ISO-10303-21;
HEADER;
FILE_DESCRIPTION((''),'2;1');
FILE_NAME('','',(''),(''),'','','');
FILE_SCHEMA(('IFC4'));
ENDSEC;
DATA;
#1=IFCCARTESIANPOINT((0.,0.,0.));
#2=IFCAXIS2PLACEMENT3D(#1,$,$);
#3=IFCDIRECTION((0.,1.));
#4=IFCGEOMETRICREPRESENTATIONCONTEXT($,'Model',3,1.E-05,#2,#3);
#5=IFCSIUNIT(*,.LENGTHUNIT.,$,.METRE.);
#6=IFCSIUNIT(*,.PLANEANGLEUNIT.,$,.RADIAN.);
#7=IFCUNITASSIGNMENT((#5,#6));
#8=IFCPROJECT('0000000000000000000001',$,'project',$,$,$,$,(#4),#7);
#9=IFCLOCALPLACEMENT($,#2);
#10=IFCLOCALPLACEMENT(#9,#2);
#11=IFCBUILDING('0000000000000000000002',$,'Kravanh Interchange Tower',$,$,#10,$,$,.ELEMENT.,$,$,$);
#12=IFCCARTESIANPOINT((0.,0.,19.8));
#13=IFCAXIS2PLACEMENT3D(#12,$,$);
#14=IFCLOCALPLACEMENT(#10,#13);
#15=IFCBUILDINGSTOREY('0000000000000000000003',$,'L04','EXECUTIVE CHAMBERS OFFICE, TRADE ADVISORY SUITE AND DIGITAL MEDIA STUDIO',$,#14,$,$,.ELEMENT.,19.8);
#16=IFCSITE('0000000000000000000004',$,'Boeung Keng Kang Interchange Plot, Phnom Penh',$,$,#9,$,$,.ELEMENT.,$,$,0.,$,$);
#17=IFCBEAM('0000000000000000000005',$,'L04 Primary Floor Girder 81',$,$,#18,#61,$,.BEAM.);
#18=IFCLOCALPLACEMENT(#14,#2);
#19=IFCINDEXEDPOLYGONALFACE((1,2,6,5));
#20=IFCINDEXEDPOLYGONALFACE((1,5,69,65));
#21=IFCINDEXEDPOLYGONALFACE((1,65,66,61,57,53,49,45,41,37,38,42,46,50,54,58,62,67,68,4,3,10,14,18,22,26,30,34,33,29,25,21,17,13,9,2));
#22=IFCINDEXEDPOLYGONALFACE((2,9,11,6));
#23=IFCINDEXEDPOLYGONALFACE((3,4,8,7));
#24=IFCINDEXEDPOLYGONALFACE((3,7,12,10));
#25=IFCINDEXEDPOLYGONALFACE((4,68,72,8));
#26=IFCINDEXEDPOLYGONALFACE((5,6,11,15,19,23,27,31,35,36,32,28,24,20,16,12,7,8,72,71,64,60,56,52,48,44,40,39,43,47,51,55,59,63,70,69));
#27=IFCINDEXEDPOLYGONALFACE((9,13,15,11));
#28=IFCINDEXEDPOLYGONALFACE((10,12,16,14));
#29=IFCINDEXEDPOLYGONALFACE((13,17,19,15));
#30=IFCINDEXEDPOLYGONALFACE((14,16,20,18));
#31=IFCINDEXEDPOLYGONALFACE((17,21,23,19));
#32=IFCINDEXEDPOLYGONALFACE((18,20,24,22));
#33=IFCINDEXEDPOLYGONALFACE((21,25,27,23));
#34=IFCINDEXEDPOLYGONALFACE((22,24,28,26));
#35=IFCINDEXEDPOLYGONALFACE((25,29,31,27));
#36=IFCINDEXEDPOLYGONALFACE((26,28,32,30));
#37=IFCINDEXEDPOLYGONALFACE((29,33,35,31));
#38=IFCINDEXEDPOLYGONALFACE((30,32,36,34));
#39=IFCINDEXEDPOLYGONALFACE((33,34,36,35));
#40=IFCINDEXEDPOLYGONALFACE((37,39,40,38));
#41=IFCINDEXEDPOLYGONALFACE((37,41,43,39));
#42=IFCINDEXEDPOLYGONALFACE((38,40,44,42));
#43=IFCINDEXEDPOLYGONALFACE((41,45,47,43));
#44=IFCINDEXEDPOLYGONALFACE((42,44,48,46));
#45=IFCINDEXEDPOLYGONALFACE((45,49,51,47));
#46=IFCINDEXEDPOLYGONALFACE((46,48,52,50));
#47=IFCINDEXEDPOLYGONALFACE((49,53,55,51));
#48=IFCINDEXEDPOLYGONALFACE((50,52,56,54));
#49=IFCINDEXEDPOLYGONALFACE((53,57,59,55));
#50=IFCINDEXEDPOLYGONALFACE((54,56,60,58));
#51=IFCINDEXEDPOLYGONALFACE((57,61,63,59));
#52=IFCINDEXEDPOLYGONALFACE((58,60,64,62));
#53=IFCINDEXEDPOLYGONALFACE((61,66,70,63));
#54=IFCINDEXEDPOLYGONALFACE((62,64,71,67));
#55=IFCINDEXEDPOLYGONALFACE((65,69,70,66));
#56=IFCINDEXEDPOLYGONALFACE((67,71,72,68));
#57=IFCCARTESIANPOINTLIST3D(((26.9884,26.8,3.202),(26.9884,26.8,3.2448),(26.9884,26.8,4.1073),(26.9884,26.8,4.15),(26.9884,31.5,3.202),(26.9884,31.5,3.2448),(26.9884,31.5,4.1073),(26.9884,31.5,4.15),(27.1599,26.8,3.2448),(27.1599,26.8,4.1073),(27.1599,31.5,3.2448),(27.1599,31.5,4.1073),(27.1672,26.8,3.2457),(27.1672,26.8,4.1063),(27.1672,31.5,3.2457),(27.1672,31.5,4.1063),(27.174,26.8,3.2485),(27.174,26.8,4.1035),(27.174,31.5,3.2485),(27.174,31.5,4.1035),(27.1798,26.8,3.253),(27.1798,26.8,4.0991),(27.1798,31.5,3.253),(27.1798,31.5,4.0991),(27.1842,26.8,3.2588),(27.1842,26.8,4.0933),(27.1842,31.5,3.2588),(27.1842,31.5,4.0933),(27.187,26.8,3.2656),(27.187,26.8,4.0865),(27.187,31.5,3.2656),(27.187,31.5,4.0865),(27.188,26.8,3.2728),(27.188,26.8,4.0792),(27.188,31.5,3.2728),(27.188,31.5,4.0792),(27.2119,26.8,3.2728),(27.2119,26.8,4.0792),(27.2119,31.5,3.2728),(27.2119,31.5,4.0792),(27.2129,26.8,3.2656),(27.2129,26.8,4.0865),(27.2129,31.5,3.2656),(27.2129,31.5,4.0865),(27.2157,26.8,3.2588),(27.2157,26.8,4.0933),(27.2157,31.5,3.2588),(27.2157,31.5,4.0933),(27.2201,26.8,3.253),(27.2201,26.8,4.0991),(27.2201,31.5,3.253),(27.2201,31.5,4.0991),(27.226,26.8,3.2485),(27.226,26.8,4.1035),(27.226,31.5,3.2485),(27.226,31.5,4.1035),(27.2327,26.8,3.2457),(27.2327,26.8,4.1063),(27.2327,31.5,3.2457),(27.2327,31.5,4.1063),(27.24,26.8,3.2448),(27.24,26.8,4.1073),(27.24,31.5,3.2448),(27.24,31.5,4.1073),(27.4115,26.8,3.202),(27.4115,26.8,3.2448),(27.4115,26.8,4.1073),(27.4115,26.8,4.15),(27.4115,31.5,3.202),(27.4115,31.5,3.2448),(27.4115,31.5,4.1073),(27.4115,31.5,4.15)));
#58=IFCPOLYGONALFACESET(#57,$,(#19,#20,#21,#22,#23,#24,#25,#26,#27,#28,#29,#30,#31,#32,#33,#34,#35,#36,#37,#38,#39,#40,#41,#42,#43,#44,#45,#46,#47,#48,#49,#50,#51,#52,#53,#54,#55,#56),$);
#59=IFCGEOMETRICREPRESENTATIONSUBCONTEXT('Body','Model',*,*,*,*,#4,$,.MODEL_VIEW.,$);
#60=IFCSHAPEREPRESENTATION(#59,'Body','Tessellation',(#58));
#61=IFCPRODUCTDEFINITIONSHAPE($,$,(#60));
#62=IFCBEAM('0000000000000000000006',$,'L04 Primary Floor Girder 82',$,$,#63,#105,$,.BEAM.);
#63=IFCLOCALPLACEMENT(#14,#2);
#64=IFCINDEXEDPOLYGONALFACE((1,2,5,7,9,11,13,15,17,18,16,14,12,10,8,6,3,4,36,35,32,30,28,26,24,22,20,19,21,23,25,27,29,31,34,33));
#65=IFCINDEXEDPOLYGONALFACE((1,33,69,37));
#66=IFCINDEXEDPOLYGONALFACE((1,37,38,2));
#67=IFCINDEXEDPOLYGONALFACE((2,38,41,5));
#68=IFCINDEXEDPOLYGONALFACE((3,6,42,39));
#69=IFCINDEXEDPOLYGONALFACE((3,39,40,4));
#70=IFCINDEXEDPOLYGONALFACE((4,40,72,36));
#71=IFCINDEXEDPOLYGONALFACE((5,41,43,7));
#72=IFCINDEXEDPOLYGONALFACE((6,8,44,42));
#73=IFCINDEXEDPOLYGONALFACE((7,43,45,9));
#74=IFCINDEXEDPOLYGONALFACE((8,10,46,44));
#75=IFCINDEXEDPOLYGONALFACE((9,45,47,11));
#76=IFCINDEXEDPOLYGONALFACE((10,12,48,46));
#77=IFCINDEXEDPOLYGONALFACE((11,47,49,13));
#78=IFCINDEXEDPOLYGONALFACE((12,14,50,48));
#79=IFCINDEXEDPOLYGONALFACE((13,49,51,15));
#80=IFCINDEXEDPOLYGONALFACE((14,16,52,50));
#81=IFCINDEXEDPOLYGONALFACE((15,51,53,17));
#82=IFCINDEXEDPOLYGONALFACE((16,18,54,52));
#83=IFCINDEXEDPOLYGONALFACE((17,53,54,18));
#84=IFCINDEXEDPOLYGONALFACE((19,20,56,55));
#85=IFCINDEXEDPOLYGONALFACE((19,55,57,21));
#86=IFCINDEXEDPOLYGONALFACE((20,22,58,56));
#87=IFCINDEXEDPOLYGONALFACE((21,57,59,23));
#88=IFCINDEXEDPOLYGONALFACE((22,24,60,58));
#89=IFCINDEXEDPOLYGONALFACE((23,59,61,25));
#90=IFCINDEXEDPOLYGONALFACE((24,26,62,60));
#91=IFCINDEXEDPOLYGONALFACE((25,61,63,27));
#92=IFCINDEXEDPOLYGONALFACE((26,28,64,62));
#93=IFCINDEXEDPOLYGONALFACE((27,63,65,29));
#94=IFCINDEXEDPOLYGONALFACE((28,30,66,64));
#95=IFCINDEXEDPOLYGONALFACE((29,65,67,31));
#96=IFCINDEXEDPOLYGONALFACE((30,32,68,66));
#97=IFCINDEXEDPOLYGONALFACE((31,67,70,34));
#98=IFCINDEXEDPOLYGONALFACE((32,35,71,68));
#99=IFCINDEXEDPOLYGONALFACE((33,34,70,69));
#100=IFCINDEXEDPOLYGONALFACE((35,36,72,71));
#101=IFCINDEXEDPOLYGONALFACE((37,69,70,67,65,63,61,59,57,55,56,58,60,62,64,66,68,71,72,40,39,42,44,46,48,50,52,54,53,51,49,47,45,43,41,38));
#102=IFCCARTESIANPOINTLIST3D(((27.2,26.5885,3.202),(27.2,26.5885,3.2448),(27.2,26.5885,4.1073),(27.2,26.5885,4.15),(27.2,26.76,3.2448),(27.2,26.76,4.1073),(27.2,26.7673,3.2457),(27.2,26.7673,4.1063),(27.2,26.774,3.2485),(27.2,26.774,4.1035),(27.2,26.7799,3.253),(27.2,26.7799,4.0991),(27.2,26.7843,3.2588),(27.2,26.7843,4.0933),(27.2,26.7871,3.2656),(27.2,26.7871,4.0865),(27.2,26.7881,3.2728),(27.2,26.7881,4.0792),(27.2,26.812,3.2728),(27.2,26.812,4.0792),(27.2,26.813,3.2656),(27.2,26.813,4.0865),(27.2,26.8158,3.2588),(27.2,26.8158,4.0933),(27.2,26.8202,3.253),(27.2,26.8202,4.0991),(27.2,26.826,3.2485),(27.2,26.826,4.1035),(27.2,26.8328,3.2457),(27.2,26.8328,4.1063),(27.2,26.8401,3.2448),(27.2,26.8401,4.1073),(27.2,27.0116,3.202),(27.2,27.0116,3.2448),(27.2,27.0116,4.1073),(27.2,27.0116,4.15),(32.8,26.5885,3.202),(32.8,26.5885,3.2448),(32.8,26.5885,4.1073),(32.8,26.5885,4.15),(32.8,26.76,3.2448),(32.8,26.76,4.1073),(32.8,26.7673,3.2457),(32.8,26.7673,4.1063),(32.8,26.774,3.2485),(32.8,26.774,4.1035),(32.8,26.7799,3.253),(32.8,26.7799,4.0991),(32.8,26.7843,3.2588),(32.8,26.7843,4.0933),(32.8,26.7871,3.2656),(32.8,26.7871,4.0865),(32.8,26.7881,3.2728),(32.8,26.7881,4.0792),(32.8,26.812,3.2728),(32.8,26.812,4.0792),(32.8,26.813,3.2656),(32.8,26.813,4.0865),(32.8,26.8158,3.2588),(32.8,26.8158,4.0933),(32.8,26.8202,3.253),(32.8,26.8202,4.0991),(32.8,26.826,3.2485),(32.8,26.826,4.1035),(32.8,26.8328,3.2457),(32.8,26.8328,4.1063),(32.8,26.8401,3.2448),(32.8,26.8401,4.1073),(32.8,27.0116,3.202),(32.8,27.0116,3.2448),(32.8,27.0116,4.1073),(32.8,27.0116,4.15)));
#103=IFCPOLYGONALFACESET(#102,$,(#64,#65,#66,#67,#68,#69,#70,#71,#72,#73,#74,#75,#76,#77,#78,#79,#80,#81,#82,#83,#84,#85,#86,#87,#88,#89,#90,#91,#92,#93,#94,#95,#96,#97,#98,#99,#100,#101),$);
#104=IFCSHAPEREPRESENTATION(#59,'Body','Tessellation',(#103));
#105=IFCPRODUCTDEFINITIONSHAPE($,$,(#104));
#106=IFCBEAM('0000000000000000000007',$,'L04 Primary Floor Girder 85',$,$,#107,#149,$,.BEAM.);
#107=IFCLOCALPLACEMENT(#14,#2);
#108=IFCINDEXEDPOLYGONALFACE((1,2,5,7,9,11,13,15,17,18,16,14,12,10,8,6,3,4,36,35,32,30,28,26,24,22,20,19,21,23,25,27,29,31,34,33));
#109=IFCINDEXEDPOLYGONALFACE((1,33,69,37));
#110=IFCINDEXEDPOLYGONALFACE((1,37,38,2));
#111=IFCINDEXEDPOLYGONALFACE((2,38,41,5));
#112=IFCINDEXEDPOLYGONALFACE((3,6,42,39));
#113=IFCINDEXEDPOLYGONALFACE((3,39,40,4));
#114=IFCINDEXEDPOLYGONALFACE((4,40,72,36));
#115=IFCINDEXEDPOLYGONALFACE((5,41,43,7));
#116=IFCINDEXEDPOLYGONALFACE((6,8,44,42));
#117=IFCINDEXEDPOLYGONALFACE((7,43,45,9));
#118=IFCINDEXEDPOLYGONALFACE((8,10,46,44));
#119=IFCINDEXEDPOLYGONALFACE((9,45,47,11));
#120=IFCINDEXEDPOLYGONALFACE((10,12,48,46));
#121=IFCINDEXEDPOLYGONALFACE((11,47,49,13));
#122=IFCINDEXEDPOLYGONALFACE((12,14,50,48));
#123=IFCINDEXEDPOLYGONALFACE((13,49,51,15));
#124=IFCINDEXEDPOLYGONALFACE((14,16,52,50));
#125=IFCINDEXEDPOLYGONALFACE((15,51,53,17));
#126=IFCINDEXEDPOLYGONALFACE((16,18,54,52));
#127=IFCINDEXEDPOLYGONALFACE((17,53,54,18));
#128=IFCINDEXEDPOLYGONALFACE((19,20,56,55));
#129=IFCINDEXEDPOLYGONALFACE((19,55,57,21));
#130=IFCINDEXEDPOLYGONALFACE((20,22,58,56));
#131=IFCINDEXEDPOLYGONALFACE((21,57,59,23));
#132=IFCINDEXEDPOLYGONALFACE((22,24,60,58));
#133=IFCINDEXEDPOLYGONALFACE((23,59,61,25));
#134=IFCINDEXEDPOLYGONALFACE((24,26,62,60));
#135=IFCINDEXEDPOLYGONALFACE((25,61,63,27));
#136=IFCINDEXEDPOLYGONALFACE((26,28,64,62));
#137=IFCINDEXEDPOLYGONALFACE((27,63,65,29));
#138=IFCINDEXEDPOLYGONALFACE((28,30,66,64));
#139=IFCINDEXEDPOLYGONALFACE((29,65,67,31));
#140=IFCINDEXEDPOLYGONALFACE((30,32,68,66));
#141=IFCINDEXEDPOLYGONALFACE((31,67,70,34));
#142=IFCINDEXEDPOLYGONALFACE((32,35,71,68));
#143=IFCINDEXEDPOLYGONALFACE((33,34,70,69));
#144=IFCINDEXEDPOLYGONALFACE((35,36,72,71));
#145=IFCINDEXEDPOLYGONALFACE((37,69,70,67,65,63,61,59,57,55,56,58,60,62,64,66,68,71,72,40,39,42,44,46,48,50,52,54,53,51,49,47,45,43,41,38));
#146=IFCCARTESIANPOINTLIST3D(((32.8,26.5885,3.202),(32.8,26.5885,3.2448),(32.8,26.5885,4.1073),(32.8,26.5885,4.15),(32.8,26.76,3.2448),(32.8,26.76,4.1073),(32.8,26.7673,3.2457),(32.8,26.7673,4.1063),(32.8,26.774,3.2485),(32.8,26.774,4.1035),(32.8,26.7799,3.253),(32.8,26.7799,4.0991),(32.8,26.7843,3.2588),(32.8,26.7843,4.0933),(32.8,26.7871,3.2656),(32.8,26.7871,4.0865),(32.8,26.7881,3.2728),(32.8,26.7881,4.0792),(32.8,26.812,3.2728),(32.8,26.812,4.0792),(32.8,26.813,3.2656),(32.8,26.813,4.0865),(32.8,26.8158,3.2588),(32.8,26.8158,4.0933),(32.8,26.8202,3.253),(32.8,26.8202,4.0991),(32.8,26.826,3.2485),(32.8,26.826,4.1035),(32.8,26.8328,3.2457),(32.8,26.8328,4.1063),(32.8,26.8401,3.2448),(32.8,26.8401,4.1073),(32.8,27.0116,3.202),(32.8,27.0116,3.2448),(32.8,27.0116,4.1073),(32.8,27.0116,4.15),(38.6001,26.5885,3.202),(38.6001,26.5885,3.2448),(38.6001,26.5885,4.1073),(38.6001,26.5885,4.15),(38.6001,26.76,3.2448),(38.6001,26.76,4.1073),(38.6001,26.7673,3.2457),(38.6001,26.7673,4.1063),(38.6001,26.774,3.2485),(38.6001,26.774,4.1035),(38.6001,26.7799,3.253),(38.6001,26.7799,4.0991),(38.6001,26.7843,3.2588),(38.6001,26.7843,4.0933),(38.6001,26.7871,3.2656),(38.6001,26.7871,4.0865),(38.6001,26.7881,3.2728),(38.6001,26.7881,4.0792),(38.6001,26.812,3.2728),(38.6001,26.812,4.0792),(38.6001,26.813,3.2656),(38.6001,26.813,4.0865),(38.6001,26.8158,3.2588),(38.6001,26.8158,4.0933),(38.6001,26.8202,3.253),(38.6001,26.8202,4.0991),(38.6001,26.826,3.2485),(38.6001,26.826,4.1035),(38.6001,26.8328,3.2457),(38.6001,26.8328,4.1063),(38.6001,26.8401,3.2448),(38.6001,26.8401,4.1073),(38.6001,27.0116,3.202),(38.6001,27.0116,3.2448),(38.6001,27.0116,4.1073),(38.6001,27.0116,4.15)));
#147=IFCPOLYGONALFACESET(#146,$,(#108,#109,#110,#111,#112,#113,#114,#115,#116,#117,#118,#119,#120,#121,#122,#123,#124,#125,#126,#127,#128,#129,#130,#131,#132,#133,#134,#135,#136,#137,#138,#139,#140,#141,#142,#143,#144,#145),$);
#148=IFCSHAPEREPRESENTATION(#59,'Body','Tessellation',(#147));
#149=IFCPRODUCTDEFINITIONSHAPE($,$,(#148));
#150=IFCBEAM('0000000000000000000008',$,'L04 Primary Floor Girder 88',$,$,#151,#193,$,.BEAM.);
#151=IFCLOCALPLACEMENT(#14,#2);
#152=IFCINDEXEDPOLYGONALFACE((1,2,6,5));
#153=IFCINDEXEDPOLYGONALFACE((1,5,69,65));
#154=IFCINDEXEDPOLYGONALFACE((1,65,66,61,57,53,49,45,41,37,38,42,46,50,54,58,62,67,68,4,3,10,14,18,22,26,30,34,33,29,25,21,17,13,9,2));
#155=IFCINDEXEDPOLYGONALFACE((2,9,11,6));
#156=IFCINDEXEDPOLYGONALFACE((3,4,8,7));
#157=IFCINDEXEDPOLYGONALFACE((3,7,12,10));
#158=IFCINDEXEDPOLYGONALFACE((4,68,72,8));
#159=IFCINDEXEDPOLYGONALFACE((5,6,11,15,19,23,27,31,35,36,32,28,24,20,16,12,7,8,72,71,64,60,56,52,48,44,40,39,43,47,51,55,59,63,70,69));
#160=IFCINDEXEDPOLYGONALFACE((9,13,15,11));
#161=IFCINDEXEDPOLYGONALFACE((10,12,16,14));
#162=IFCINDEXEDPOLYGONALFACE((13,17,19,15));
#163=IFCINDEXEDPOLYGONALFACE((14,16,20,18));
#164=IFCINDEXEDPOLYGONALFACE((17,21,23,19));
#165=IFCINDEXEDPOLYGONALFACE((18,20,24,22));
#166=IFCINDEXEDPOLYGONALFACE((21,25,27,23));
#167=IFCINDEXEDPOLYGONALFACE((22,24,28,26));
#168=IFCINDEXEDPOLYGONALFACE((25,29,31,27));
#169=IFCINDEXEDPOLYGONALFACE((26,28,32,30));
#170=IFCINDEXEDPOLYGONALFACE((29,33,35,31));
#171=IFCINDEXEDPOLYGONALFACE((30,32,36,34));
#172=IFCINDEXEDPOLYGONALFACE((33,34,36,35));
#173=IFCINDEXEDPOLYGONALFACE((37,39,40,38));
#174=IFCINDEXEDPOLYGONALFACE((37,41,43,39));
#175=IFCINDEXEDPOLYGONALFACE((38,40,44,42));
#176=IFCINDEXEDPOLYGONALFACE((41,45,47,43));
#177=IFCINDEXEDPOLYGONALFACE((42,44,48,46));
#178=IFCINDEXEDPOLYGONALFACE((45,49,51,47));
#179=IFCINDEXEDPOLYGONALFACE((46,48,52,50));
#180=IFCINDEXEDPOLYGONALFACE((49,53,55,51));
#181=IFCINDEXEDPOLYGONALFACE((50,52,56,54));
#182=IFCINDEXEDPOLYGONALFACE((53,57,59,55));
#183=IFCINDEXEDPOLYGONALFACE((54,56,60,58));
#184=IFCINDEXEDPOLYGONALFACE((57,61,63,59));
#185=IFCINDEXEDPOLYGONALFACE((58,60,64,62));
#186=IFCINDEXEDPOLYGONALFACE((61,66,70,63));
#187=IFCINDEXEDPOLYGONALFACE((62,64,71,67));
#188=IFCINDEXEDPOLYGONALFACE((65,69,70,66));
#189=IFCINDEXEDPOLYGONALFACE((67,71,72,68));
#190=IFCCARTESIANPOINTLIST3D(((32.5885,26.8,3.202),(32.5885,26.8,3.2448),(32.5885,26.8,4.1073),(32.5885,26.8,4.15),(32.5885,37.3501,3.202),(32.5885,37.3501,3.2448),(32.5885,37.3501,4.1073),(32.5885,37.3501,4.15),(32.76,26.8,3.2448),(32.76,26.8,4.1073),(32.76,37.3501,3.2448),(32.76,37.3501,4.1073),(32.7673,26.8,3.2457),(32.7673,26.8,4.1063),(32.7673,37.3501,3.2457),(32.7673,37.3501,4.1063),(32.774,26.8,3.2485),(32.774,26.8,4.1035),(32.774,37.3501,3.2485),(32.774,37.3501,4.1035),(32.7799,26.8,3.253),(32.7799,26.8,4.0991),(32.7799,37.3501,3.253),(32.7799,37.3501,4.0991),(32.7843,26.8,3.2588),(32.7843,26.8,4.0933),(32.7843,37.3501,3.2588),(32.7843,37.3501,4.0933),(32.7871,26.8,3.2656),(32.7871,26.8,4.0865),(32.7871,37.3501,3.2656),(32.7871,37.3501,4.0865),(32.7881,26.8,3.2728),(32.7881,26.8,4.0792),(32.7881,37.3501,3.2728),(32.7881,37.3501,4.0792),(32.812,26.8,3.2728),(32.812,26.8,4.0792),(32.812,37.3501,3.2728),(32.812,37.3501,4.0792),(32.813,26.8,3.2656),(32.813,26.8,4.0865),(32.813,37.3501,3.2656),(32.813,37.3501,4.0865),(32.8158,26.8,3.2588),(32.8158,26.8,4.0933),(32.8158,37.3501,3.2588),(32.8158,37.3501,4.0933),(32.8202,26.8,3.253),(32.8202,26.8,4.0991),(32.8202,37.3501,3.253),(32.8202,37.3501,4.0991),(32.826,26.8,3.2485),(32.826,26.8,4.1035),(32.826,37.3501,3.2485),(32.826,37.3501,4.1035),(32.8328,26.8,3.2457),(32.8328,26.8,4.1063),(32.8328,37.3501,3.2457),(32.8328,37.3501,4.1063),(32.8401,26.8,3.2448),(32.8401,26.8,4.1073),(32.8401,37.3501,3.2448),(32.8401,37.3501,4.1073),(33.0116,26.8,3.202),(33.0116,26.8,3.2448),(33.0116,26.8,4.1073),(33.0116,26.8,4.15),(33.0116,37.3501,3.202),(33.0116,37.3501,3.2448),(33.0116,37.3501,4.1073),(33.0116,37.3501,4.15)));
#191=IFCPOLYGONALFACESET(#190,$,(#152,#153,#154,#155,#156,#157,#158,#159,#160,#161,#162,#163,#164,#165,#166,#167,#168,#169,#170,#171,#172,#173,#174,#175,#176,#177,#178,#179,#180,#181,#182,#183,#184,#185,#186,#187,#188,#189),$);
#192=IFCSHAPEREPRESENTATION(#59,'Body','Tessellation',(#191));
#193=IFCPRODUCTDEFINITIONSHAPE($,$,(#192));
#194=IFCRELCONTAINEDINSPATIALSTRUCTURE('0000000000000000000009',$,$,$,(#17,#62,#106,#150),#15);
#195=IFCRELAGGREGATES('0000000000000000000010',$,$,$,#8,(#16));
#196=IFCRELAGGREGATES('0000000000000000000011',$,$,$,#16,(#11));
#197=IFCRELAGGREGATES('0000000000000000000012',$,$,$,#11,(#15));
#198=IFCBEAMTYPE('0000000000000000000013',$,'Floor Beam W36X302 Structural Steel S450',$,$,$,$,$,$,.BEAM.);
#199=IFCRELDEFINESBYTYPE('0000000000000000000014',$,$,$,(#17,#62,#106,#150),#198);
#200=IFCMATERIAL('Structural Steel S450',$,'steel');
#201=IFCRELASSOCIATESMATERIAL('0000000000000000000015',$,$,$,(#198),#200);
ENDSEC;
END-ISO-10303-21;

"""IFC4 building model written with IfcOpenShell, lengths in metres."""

from ifc_helpers import new_model, si_unit, direction, frame, origin, origin_2d, place, context, subcontext, project, spatial, i_section, extrude, material, material_profile, profile_set, type_object, element, save


model = new_model("IFC4")

# Units and contexts
model_context = context("Model", 3, precision=1e-05, world=origin(), true_north=direction((0.0, 1.0)))
body_context = subcontext(model_context, "Body", "Model", "MODEL_VIEW")
ifc_project = project(units=[si_unit("LENGTHUNIT", "METRE"), si_unit("PLANEANGLEUNIT", "RADIAN")], contexts=[model_context])

# Site, building, storey
site_placement = place(None, origin())
site = spatial("IfcSite", under=ifc_project, at=site_placement, Name="Boeung Keng Kang Interchange Plot, Phnom Penh", CompositionType="ELEMENT", RefElevation=0.0)
building_placement = place(site_placement, origin())
building = spatial("IfcBuilding", under=site, at=building_placement, Name="Kravanh Interchange Tower", CompositionType="ELEMENT")
storey_placement = place(building_placement, frame((0.0, 0.0, 19.8)))
storey = spatial("IfcBuildingStorey", under=building, at=storey_placement, Name="L04", Description="EXECUTIVE CHAMBERS OFFICE, TRADE ADVISORY SUITE AND DIGITAL MEDIA STUDIO", CompositionType="ELEMENT", Elevation=19.8)

# Beams
ifc_material_1 = material(Name="Structural Steel S450", Category="steel")
ifc_material_profile_1 = material_profile(ifc_material_1, i_section(OverallWidth=0.4231, OverallDepth=0.948, WebThickness=0.0239, FlangeThickness=0.0427, FilletRadius=0.0281, at=origin_2d()), Name="W36X302")
ifc_profile_set_1 = profile_set([ifc_material_profile_1], Name="Structural Steel S450")
beam_type_1 = type_object("IfcBeamType", Name="Floor Beam W36X302 Structural Steel S450", PredefinedType="BEAM", material=ifc_profile_set_1)
beam_1_placement = place(storey_placement, frame((27.2, 26.8, 3.676), z_axis=(0.0, 1.0, 0.0), x_axis=(-1.0, 0.0, 0.0)))
element("IfcBeam", 1, at=beam_1_placement, inside=storey, type_object=beam_type_1, Name="L04 Primary Floor Girder 81", PredefinedType="BEAM", context=body_context, shape_type="SweptSolid", body=[
    extrude(i_section(OverallWidth=0.4231, OverallDepth=0.948, WebThickness=0.0239, FlangeThickness=0.0427, FilletRadius=0.0281, at=origin_2d()), origin(), (0.0, 0.0, 1.0), 4.7),
])
beam_2_placement = place(storey_placement, frame((27.2, 26.8, 3.676), z_axis=(1.0, 0.0, 0.0), x_axis=(0.0, 1.0, 0.0)))
element("IfcBeam", 2, at=beam_2_placement, inside=storey, type_object=beam_type_1, Name="L04 Primary Floor Girder 82", PredefinedType="BEAM", context=body_context, shape_type="SweptSolid", body=[
    extrude(i_section(OverallWidth=0.4231, OverallDepth=0.948, WebThickness=0.0239, FlangeThickness=0.0427, FilletRadius=0.0281, at=origin_2d()), origin(), (0.0, 0.0, 1.0), 5.6001),
])
beam_3_placement = place(storey_placement, frame((32.8, 26.8, 3.676), z_axis=(1.0, 0.0, 0.0), x_axis=(0.0, 1.0, 0.0)))
element("IfcBeam", 3, at=beam_3_placement, inside=storey, type_object=beam_type_1, Name="L04 Primary Floor Girder 85", PredefinedType="BEAM", context=body_context, shape_type="SweptSolid", body=[
    extrude(i_section(OverallWidth=0.4231, OverallDepth=0.948, WebThickness=0.0239, FlangeThickness=0.0427, FilletRadius=0.0281, at=origin_2d()), origin(), (0.0, 0.0, 1.0), 5.8),
])
beam_4_placement = place(storey_placement, frame((32.8, 26.8, 3.676), z_axis=(0.0, 1.0, 0.0), x_axis=(-1.0, 0.0, 0.0)))
element("IfcBeam", 4, at=beam_4_placement, inside=storey, type_object=beam_type_1, Name="L04 Primary Floor Girder 88", PredefinedType="BEAM", context=body_context, shape_type="SweptSolid", body=[
    extrude(i_section(OverallWidth=0.4231, OverallDepth=0.948, WebThickness=0.0239, FlangeThickness=0.0427, FilletRadius=0.0281, at=origin_2d()), origin(), (0.0, 0.0, 1.0), 10.55),
])

save(model, "model.ifc")
